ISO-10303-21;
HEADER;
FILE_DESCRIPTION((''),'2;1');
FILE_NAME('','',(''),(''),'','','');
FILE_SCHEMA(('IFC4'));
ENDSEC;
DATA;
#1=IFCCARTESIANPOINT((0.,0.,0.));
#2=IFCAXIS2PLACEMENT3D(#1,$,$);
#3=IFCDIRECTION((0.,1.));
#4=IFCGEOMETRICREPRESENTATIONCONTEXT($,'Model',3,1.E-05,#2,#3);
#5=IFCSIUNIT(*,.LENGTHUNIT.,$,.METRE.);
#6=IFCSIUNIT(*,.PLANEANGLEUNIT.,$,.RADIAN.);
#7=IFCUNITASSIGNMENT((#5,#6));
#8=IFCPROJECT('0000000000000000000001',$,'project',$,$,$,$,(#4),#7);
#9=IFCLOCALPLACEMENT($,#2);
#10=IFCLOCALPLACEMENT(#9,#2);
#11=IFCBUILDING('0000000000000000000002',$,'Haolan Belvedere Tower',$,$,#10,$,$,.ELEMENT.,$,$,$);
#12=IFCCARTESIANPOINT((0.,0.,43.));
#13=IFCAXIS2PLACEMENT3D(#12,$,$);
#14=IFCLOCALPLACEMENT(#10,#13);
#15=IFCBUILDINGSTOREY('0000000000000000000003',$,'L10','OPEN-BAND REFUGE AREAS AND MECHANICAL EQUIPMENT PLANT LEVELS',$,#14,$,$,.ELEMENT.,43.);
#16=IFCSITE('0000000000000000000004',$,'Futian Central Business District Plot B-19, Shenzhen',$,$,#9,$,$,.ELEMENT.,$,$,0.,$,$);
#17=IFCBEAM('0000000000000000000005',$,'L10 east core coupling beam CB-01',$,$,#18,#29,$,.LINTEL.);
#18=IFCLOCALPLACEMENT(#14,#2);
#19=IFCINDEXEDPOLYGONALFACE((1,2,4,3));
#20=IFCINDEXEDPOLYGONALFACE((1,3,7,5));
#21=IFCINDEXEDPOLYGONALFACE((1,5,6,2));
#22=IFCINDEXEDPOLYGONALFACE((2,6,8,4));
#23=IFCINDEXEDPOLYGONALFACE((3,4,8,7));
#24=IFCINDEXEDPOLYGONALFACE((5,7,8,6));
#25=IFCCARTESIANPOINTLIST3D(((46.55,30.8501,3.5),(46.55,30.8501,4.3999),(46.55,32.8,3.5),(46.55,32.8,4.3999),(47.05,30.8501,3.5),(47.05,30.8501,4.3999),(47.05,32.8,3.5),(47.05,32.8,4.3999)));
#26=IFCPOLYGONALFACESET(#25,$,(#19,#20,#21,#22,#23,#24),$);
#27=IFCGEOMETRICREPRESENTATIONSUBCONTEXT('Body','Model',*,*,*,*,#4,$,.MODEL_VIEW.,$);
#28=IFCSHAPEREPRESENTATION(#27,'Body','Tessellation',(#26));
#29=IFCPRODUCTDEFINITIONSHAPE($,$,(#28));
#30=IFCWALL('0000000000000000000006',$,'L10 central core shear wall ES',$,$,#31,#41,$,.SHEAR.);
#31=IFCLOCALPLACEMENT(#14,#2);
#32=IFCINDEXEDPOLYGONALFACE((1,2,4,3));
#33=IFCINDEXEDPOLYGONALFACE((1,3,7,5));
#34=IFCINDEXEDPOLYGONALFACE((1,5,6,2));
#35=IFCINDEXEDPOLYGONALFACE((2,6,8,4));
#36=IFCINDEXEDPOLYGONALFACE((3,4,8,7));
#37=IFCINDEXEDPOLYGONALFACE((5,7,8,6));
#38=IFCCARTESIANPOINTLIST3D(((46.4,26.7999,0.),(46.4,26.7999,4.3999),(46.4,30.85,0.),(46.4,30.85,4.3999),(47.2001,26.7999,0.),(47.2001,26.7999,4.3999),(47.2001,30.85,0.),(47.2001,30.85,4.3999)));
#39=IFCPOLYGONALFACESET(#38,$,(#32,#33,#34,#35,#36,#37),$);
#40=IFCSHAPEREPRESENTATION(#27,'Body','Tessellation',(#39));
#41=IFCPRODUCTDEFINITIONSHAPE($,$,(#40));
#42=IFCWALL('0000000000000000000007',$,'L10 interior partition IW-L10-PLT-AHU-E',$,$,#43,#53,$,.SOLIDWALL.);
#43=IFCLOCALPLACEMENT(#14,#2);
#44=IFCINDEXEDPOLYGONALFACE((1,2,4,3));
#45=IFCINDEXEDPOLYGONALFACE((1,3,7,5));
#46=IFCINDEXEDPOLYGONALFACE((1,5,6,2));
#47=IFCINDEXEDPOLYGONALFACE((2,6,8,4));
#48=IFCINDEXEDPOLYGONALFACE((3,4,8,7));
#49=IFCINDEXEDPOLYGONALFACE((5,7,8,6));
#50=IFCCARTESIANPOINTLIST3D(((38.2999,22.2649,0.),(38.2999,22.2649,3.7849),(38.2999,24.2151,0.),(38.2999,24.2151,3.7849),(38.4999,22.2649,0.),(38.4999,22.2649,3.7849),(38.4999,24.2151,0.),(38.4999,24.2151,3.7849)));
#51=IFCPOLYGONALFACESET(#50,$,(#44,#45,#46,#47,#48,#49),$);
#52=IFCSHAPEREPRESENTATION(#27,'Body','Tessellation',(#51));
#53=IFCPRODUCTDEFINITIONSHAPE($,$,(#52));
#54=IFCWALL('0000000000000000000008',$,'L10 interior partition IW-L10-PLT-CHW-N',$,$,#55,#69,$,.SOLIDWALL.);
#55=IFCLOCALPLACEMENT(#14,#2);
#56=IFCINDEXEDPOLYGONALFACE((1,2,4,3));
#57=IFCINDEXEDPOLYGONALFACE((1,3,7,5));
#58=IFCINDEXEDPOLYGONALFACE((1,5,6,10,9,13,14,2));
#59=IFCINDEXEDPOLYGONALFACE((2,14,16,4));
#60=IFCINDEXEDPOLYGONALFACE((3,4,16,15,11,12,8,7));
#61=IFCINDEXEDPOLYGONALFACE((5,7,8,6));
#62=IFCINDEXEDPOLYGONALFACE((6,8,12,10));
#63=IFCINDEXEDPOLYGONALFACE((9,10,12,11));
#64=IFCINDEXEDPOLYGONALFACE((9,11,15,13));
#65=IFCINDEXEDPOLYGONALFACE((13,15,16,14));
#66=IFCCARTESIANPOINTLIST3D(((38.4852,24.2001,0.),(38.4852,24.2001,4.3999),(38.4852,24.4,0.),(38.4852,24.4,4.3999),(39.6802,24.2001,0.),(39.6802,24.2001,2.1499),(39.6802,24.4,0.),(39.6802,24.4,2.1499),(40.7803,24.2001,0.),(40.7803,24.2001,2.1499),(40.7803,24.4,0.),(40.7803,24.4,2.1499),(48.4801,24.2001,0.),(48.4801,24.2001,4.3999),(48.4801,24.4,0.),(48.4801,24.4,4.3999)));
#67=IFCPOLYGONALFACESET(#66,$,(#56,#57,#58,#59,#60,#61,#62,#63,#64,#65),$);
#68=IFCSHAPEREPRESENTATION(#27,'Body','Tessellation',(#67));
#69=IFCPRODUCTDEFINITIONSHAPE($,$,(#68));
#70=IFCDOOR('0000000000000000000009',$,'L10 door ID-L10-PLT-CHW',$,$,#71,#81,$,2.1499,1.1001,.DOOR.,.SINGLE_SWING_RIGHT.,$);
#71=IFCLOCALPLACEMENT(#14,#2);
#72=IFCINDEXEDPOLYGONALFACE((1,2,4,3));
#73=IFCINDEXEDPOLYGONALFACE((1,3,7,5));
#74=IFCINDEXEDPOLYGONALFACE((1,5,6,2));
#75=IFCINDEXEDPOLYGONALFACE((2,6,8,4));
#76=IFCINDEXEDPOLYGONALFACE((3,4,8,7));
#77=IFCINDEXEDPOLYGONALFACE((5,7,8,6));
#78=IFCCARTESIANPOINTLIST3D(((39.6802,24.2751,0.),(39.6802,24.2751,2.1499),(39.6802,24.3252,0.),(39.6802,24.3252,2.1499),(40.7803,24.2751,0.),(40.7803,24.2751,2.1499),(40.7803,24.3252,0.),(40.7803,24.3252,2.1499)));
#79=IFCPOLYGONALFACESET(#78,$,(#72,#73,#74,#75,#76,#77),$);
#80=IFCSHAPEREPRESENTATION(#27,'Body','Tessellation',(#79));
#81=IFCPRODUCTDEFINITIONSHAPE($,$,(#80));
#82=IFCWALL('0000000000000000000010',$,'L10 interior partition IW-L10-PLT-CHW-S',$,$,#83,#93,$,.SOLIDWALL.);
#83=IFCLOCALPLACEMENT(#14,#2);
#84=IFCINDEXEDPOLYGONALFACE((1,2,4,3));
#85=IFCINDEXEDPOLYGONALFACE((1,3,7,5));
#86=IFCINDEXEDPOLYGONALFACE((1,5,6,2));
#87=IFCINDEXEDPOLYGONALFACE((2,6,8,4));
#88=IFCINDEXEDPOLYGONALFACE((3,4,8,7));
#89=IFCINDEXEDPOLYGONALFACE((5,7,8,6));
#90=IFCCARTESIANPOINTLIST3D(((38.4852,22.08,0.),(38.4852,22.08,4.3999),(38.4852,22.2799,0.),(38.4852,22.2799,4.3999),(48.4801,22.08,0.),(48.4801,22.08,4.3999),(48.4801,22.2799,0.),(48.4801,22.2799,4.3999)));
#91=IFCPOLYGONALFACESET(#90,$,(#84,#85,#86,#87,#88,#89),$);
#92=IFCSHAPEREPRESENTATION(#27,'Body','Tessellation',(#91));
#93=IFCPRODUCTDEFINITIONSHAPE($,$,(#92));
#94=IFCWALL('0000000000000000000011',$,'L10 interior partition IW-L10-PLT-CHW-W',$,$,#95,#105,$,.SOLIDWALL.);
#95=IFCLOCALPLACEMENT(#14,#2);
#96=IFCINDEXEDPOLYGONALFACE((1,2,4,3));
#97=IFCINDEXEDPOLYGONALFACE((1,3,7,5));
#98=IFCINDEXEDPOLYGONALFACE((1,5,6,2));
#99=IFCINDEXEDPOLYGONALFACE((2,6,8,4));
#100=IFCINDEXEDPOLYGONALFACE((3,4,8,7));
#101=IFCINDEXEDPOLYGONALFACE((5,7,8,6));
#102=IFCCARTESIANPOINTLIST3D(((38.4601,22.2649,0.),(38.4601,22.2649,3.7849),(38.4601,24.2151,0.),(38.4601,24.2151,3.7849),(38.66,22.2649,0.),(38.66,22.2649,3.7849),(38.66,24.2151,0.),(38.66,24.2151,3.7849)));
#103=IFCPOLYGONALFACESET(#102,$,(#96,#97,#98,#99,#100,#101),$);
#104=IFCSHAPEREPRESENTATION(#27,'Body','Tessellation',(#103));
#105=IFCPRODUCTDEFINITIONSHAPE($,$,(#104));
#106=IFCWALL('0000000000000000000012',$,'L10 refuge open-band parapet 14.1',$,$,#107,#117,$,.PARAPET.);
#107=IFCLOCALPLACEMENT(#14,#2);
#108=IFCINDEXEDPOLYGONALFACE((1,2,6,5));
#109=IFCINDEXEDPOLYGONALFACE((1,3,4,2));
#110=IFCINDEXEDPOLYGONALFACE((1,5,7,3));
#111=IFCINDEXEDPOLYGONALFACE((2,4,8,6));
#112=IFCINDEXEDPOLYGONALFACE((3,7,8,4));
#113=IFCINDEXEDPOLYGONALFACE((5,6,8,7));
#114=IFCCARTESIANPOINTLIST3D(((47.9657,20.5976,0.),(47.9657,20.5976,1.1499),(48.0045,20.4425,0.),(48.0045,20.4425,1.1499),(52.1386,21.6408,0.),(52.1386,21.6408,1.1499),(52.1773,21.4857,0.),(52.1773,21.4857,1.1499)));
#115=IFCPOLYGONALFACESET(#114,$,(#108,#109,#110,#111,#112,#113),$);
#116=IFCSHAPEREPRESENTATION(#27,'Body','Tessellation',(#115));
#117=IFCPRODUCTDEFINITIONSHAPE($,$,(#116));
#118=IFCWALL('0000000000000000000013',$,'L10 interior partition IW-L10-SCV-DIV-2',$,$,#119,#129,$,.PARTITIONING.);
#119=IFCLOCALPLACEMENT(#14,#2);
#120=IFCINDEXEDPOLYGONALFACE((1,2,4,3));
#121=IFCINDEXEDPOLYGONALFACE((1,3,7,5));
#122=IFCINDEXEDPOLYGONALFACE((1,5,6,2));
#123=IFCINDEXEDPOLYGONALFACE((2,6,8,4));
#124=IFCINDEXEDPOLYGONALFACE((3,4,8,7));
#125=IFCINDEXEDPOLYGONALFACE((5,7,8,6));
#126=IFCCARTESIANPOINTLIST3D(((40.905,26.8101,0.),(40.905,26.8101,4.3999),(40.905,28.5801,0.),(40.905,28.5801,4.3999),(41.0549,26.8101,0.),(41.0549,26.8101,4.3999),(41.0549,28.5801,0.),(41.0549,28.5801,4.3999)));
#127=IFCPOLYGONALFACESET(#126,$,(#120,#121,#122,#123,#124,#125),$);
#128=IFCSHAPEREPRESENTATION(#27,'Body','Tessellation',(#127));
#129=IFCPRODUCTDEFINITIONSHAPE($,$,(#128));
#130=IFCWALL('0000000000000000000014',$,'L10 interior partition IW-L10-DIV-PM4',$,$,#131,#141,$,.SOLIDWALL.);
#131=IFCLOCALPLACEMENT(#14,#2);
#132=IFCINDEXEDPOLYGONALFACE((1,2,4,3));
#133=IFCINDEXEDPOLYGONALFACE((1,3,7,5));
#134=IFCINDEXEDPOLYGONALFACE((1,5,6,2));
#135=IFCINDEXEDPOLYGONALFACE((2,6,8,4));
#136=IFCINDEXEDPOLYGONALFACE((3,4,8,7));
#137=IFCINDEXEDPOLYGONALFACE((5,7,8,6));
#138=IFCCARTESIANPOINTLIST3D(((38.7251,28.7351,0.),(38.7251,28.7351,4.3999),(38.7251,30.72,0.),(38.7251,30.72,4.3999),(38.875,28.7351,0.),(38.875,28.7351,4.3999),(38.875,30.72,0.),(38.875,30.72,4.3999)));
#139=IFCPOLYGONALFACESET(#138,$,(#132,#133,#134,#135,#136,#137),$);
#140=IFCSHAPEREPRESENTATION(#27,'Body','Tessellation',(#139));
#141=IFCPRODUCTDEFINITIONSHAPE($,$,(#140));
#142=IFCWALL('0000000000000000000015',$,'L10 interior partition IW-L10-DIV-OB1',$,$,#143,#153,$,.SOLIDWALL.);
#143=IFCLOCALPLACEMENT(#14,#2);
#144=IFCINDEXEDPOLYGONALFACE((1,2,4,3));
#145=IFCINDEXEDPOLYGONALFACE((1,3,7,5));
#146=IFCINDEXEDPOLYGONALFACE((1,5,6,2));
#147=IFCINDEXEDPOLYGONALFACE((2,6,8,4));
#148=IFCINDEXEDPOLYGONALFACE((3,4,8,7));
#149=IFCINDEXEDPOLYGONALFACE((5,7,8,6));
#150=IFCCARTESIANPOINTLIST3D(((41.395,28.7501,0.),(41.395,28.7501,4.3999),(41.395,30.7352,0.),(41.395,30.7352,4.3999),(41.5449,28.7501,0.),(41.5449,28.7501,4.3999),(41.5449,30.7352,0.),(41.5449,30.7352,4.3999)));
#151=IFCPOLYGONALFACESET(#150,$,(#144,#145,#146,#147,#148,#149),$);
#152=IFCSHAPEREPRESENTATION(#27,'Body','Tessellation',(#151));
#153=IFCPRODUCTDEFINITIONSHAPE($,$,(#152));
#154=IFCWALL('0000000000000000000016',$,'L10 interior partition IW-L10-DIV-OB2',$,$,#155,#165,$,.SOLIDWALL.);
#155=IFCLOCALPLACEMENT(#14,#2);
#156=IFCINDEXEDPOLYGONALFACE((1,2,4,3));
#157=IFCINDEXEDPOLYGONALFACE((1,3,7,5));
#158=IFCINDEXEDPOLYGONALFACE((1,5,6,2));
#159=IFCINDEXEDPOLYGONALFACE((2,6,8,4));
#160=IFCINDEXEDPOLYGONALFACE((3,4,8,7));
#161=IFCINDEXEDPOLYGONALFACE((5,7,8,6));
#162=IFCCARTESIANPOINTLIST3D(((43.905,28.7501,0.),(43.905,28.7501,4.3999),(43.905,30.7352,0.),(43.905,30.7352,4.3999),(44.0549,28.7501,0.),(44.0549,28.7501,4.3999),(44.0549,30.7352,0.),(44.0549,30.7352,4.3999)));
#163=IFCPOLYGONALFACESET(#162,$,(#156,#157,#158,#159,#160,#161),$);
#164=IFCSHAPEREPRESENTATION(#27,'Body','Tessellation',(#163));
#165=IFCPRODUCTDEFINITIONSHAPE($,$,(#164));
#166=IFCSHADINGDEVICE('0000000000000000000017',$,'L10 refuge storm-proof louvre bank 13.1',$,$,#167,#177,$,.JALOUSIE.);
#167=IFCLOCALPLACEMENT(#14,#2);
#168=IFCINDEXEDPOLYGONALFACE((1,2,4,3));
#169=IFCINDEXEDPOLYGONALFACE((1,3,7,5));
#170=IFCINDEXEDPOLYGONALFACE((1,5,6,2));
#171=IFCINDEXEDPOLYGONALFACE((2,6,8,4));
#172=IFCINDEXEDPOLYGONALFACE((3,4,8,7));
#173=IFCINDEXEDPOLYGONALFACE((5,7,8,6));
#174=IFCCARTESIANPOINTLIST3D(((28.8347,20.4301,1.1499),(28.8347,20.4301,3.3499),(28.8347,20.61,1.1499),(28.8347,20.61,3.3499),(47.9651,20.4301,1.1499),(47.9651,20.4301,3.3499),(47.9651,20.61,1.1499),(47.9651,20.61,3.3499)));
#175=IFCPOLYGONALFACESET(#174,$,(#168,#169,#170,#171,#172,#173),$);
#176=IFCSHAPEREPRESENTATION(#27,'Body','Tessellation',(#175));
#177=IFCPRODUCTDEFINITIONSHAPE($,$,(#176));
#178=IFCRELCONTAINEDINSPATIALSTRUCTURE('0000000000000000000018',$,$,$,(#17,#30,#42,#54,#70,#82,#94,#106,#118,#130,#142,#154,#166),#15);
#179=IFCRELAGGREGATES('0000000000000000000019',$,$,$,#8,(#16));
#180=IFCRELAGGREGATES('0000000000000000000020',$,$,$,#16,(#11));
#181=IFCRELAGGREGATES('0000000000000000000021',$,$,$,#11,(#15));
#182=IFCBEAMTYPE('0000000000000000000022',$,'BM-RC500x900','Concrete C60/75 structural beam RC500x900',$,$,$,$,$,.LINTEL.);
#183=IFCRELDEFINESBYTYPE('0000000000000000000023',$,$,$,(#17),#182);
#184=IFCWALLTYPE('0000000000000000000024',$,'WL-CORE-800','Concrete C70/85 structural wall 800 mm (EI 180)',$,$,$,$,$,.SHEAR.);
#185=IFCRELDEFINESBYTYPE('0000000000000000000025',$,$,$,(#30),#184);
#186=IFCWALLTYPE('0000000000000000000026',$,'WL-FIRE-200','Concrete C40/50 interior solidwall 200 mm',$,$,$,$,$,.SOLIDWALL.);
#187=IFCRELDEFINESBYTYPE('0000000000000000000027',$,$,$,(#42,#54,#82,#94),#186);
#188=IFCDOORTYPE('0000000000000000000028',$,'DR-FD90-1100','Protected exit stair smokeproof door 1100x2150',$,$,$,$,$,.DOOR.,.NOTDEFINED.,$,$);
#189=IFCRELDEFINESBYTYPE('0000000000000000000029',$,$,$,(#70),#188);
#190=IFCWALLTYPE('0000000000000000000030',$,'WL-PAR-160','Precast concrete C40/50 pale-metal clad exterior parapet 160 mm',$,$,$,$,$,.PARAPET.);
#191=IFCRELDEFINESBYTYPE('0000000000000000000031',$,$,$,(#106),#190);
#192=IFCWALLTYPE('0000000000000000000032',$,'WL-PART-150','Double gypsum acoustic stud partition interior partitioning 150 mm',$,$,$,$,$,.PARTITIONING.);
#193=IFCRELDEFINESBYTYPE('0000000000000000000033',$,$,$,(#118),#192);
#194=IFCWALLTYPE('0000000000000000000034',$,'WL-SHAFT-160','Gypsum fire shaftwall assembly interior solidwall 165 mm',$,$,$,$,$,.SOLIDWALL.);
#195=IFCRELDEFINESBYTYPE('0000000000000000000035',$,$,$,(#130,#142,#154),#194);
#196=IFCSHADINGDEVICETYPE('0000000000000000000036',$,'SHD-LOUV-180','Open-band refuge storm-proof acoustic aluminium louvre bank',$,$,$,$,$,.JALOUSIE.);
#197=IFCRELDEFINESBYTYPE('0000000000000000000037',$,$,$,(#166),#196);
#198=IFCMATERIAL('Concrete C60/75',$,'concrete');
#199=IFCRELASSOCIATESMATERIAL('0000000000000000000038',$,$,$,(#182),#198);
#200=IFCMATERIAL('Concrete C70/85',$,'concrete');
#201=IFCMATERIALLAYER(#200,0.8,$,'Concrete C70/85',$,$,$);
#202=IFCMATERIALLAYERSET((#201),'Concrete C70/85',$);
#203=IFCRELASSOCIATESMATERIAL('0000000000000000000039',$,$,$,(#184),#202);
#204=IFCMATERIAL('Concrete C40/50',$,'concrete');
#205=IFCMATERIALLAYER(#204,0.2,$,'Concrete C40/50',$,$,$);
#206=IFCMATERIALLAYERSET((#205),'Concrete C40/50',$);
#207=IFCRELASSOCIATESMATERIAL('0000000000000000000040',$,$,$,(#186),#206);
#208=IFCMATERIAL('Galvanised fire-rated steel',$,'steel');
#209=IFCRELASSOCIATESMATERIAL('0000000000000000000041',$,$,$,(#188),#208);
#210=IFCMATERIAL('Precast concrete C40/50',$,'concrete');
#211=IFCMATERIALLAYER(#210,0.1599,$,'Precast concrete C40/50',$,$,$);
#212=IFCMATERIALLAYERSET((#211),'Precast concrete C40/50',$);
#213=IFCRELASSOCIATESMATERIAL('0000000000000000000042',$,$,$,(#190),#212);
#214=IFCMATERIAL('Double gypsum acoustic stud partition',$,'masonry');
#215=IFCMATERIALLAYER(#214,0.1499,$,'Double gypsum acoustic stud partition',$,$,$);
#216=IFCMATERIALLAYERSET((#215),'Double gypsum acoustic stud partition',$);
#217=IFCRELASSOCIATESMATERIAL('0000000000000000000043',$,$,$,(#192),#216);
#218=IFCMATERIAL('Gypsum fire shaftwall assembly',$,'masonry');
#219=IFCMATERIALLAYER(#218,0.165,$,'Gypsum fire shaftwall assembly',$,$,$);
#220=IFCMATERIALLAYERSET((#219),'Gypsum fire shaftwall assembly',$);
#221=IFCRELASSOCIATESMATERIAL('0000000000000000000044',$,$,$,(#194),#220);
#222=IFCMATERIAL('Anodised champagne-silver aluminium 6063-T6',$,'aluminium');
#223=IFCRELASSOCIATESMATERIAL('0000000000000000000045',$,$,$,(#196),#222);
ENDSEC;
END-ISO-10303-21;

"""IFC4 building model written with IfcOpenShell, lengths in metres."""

from ifc_helpers import new_model, si_unit, direction, frame, frame_2d, origin, origin_2d, place, context, subcontext, project, spatial, rectangle, extrude, material, layer, layer_set, material_profile, profile_set, type_object, element, fill, save


model = new_model("IFC4")

# Units and contexts
model_context = context("Model", 3, precision=1e-05, world=origin(), true_north=direction((0.0, 1.0)))
body_context = subcontext(model_context, "Body", "Model", "MODEL_VIEW")
ifc_project = project(units=[si_unit("LENGTHUNIT", "METRE"), si_unit("PLANEANGLEUNIT", "RADIAN")], contexts=[model_context])

# Site, building, storey
site_placement = place(None, origin())
site = spatial("IfcSite", under=ifc_project, at=site_placement, Name="Futian Central Business District Plot B-19, Shenzhen", CompositionType="ELEMENT", RefElevation=0.0)
building_placement = place(site_placement, origin())
building = spatial("IfcBuilding", under=site, at=building_placement, Name="Haolan Belvedere Tower", CompositionType="ELEMENT")
storey_placement = place(building_placement, frame((0.0, 0.0, 43.0)))
storey = spatial("IfcBuildingStorey", under=building, at=storey_placement, Name="L10", Description="OPEN-BAND REFUGE AREAS AND MECHANICAL EQUIPMENT PLANT LEVELS", CompositionType="ELEMENT", Elevation=43.0)

# Beam
ifc_material_1 = material(Name="Concrete C60/75", Category="concrete")
ifc_material_profile_1 = material_profile(ifc_material_1, rectangle(XDim=0.5, YDim=0.8999, at=origin_2d()), Name="Concrete C60/75")
ifc_profile_set_1 = profile_set([ifc_material_profile_1], Name="Concrete C60/75")
beam_type_1 = type_object("IfcBeamType", Name="BM-RC500x900", Description="Concrete C60/75 structural beam RC500x900", PredefinedType="LINTEL", material=ifc_profile_set_1)
beam_1_placement = place(storey_placement, frame((46.8, 30.8501, 3.95), z_axis=(0.0, 1.0, 0.0), x_axis=(-1.0, 0.0, 0.0)))
element("IfcBeam", 1, at=beam_1_placement, inside=storey, type_object=beam_type_1, Name="L10 east core coupling beam CB-01", PredefinedType="LINTEL", context=body_context, shape_type="SweptSolid", body=[
    extrude(rectangle(XDim=0.5, YDim=0.8999, at=origin_2d()), origin(), (0.0, 0.0, 1.0), 1.95),
])

# Walls
ifc_material_2 = material(Name="Concrete C70/85", Category="concrete")
ifc_layer_1 = layer(ifc_material_2, 0.8, Name="Concrete C70/85")
ifc_layer_set_1 = layer_set([ifc_layer_1], Name="Concrete C70/85")
wall_type_1 = type_object("IfcWallType", Name="WL-CORE-800", Description="Concrete C70/85 structural wall 800 mm (EI 180)", PredefinedType="SHEAR", material=ifc_layer_set_1)
wall_1_placement = place(storey_placement, frame((46.8, 26.8, 0.0), z_axis=(0.0, 0.0, 1.0), x_axis=(0.0, 1.0, 0.0)))
element("IfcWall", 2, at=wall_1_placement, inside=storey, type_object=wall_type_1, Name="L10 central core shear wall ES", PredefinedType="SHEAR", context=body_context, shape_type="SweptSolid", body=[
    extrude(rectangle(XDim=4.05, YDim=0.8, at=frame_2d((2.0249, 0.0))), origin(), (0.0, 0.0, 1.0), 4.3999),
])
ifc_material_3 = material(Name="Concrete C40/50", Category="concrete")
ifc_layer_2 = layer(ifc_material_3, 0.2, Name="Concrete C40/50")
ifc_layer_set_2 = layer_set([ifc_layer_2], Name="Concrete C40/50")
wall_type_2 = type_object("IfcWallType", Name="WL-FIRE-200", Description="Concrete C40/50 interior solidwall 200 mm", PredefinedType="SOLIDWALL", material=ifc_layer_set_2)
wall_2_placement = place(storey_placement, frame((38.3999, 22.2649, 0.0), z_axis=(0.0, 0.0, 1.0), x_axis=(0.0, 1.0, 0.0)))
element("IfcWall", 3, at=wall_2_placement, inside=storey, type_object=wall_type_2, Name="L10 interior partition IW-L10-PLT-AHU-E", PredefinedType="SOLIDWALL", context=body_context, shape_type="SweptSolid", body=[
    extrude(rectangle(XDim=1.9502, YDim=0.2, at=frame_2d((0.9751, 0.0))), origin(), (0.0, 0.0, 1.0), 3.7849),
])

# Wall, opening, door
wall_3_placement = place(storey_placement, frame((38.4851, 24.3, 0.0), z_axis=(0.0, 0.0, 1.0), x_axis=(1.0, 0.0, 0.0)))
wall_3 = element("IfcWall", 4, at=wall_3_placement, inside=storey, type_object=wall_type_2, Name="L10 interior partition IW-L10-PLT-CHW-N", PredefinedType="SOLIDWALL", context=body_context, shape_type="SweptSolid", body=[
    extrude(rectangle(XDim=9.9949, YDim=0.2, at=frame_2d((4.9976, 0.0))), origin(), (0.0, 0.0, 1.0), 4.3999),
])
opening_placement = place(wall_3_placement, frame((2.2952, 0.0, 0.0), z_axis=(0.0, 0.0, 1.0), x_axis=(-1.0, 0.0, 0.0)))
opening = element("IfcOpeningElement", 5, at=opening_placement, cuts=wall_3, PredefinedType="OPENING", context=body_context, shape_type="SweptSolid", body=[
    extrude(rectangle(XDim=1.1001, YDim=2.1499, at=frame_2d((0.55, 1.075))), frame((0.0, 0.1099, 0.0), z_axis=(0.0, -1.0, 0.0), x_axis=(1.0, 0.0, 0.0)), (0.0, 0.0, 1.0), 0.22),
])
ifc_material_4 = material(Name="Galvanised fire-rated steel", Category="steel")
door_type = type_object("IfcDoorType", Name="DR-FD90-1100", Description="Protected exit stair smokeproof door 1100x2150", OperationType="NOTDEFINED", PredefinedType="DOOR", material=ifc_material_4)
door_placement = place(opening_placement, origin())
door = element("IfcDoor", 6, at=door_placement, inside=storey, type_object=door_type, Name="L10 door ID-L10-PLT-CHW", OperationType="SINGLE_SWING_RIGHT", OverallHeight=2.1499, OverallWidth=1.1001, PredefinedType="DOOR", context=body_context, shape_type="SweptSolid", body=[
    extrude(rectangle(XDim=1.1001, YDim=2.1499, at=frame_2d((0.55, 1.075))), frame((0.0, 0.0249, 0.0), z_axis=(0.0, -1.0, 0.0), x_axis=(1.0, 0.0, 0.0)), (0.0, 0.0, 1.0), 0.05),
])
fill(opening, door)

# Walls
wall_4_placement = place(storey_placement, frame((38.4851, 22.1799, 0.0), z_axis=(0.0, 0.0, 1.0), x_axis=(1.0, 0.0, 0.0)))
element("IfcWall", 7, at=wall_4_placement, inside=storey, type_object=wall_type_2, Name="L10 interior partition IW-L10-PLT-CHW-S", PredefinedType="SOLIDWALL", context=body_context, shape_type="SweptSolid", body=[
    extrude(rectangle(XDim=9.9949, YDim=0.2, at=frame_2d((4.9976, 0.0))), origin(), (0.0, 0.0, 1.0), 4.3999),
])
wall_5_placement = place(storey_placement, frame((38.5601, 22.2649, 0.0), z_axis=(0.0, 0.0, 1.0), x_axis=(0.0, 1.0, 0.0)))
element("IfcWall", 8, at=wall_5_placement, inside=storey, type_object=wall_type_2, Name="L10 interior partition IW-L10-PLT-CHW-W", PredefinedType="SOLIDWALL", context=body_context, shape_type="SweptSolid", body=[
    extrude(rectangle(XDim=1.9502, YDim=0.2, at=frame_2d((0.9751, 0.0))), origin(), (0.0, 0.0, 1.0), 3.7849),
])
ifc_material_5 = material(Name="Precast concrete C40/50", Category="concrete")
ifc_layer_3 = layer(ifc_material_5, 0.1599, Name="Precast concrete C40/50")
ifc_layer_set_3 = layer_set([ifc_layer_3], Name="Precast concrete C40/50")
wall_type_3 = type_object("IfcWallType", Name="WL-PAR-160", Description="Precast concrete C40/50 pale-metal clad exterior parapet 160 mm", PredefinedType="PARAPET", material=ifc_layer_set_3)
wall_6_placement = place(storey_placement, frame((47.9851, 20.52, 0.0), z_axis=(0.0, 0.0, 1.0), x_axis=(0.970143, 0.242536, 0.0)))
element("IfcWall", 9, at=wall_6_placement, inside=storey, type_object=wall_type_3, Name="L10 refuge open-band parapet 14.1", PredefinedType="PARAPET", context=body_context, shape_type="SweptSolid", body=[
    extrude(rectangle(XDim=4.3013, YDim=0.1599, at=frame_2d((2.1506, 0.0))), origin(), (0.0, 0.0, 1.0), 1.1499),
])
ifc_material_6 = material(Name="Double gypsum acoustic stud partition", Category="masonry")
ifc_layer_4 = layer(ifc_material_6, 0.1499, Name="Double gypsum acoustic stud partition")
ifc_layer_set_4 = layer_set([ifc_layer_4], Name="Double gypsum acoustic stud partition")
wall_type_4 = type_object("IfcWallType", Name="WL-PART-150", Description="Double gypsum acoustic stud partition interior partitioning 150 mm", PredefinedType="PARTITIONING", material=ifc_layer_set_4)
wall_7_placement = place(storey_placement, frame((40.98, 26.8101, 0.0), z_axis=(0.0, 0.0, 1.0), x_axis=(0.0, 1.0, 0.0)))
element("IfcWall", 10, at=wall_7_placement, inside=storey, type_object=wall_type_4, Name="L10 interior partition IW-L10-SCV-DIV-2", PredefinedType="PARTITIONING", context=body_context, shape_type="SweptSolid", body=[
    extrude(rectangle(XDim=1.77, YDim=0.1499, at=frame_2d((0.885, 0.0))), origin(), (0.0, 0.0, 1.0), 4.3999),
])
ifc_material_7 = material(Name="Gypsum fire shaftwall assembly", Category="masonry")
ifc_layer_5 = layer(ifc_material_7, 0.165, Name="Gypsum fire shaftwall assembly")
ifc_layer_set_5 = layer_set([ifc_layer_5], Name="Gypsum fire shaftwall assembly")
wall_type_5 = type_object("IfcWallType", Name="WL-SHAFT-160", Description="Gypsum fire shaftwall assembly interior solidwall 165 mm", PredefinedType="SOLIDWALL", material=ifc_layer_set_5)
wall_8_placement = place(storey_placement, frame((38.8, 28.7351, 0.0), z_axis=(0.0, 0.0, 1.0), x_axis=(0.0, 1.0, 0.0)))
element("IfcWall", 11, at=wall_8_placement, inside=storey, type_object=wall_type_5, Name="L10 interior partition IW-L10-DIV-PM4", PredefinedType="SOLIDWALL", context=body_context, shape_type="SweptSolid", body=[
    extrude(rectangle(XDim=1.9849, YDim=0.1499, at=frame_2d((0.9924, 0.0))), origin(), (0.0, 0.0, 1.0), 4.3999),
])
for number, where, z_axis, x_axis, name in (
    (12, (41.47, 28.75, 0.0), (0.0, 0.0, 1.0), (0.0, 1.0, 0.0), "L10 interior partition IW-L10-DIV-OB1"),
    (13, (43.98, 28.75, 0.0), (0.0, 0.0, 1.0), (0.0, 1.0, 0.0), "L10 interior partition IW-L10-DIV-OB2"),
):
    element("IfcWall", number, at=place(storey_placement, frame(where, z_axis=z_axis, x_axis=x_axis)), inside=storey, type_object=wall_type_5, Name=name, PredefinedType="SOLIDWALL", context=body_context, shape_type="SweptSolid", body=[
        extrude(rectangle(XDim=1.9851, YDim=0.1499, at=frame_2d((0.9927, 0.0))), origin(), (0.0, 0.0, 1.0), 4.3999),
    ])

# Shading device
ifc_material_8 = material(Name="Anodised champagne-silver aluminium 6063-T6", Category="aluminium")
shading_device_type = type_object("IfcShadingDeviceType", Name="SHD-LOUV-180", Description="Open-band refuge storm-proof acoustic aluminium louvre bank", PredefinedType="JALOUSIE", material=ifc_material_8)
shading_device_placement = place(storey_placement, frame((38.3999, 20.52, 1.1499), z_axis=(0.0, 0.0, 1.0), x_axis=(1.0, 0.0, 0.0)))
element("IfcShadingDevice", 14, at=shading_device_placement, inside=storey, type_object=shading_device_type, Name="L10 refuge storm-proof louvre bank 13.1", PredefinedType="JALOUSIE", context=body_context, shape_type="SweptSolid", body=[
    extrude(rectangle(XDim=19.1304, YDim=0.1799, at=origin_2d()), origin(), (0.0, 0.0, 1.0), 2.2),
])

save(model, "model.ifc")
